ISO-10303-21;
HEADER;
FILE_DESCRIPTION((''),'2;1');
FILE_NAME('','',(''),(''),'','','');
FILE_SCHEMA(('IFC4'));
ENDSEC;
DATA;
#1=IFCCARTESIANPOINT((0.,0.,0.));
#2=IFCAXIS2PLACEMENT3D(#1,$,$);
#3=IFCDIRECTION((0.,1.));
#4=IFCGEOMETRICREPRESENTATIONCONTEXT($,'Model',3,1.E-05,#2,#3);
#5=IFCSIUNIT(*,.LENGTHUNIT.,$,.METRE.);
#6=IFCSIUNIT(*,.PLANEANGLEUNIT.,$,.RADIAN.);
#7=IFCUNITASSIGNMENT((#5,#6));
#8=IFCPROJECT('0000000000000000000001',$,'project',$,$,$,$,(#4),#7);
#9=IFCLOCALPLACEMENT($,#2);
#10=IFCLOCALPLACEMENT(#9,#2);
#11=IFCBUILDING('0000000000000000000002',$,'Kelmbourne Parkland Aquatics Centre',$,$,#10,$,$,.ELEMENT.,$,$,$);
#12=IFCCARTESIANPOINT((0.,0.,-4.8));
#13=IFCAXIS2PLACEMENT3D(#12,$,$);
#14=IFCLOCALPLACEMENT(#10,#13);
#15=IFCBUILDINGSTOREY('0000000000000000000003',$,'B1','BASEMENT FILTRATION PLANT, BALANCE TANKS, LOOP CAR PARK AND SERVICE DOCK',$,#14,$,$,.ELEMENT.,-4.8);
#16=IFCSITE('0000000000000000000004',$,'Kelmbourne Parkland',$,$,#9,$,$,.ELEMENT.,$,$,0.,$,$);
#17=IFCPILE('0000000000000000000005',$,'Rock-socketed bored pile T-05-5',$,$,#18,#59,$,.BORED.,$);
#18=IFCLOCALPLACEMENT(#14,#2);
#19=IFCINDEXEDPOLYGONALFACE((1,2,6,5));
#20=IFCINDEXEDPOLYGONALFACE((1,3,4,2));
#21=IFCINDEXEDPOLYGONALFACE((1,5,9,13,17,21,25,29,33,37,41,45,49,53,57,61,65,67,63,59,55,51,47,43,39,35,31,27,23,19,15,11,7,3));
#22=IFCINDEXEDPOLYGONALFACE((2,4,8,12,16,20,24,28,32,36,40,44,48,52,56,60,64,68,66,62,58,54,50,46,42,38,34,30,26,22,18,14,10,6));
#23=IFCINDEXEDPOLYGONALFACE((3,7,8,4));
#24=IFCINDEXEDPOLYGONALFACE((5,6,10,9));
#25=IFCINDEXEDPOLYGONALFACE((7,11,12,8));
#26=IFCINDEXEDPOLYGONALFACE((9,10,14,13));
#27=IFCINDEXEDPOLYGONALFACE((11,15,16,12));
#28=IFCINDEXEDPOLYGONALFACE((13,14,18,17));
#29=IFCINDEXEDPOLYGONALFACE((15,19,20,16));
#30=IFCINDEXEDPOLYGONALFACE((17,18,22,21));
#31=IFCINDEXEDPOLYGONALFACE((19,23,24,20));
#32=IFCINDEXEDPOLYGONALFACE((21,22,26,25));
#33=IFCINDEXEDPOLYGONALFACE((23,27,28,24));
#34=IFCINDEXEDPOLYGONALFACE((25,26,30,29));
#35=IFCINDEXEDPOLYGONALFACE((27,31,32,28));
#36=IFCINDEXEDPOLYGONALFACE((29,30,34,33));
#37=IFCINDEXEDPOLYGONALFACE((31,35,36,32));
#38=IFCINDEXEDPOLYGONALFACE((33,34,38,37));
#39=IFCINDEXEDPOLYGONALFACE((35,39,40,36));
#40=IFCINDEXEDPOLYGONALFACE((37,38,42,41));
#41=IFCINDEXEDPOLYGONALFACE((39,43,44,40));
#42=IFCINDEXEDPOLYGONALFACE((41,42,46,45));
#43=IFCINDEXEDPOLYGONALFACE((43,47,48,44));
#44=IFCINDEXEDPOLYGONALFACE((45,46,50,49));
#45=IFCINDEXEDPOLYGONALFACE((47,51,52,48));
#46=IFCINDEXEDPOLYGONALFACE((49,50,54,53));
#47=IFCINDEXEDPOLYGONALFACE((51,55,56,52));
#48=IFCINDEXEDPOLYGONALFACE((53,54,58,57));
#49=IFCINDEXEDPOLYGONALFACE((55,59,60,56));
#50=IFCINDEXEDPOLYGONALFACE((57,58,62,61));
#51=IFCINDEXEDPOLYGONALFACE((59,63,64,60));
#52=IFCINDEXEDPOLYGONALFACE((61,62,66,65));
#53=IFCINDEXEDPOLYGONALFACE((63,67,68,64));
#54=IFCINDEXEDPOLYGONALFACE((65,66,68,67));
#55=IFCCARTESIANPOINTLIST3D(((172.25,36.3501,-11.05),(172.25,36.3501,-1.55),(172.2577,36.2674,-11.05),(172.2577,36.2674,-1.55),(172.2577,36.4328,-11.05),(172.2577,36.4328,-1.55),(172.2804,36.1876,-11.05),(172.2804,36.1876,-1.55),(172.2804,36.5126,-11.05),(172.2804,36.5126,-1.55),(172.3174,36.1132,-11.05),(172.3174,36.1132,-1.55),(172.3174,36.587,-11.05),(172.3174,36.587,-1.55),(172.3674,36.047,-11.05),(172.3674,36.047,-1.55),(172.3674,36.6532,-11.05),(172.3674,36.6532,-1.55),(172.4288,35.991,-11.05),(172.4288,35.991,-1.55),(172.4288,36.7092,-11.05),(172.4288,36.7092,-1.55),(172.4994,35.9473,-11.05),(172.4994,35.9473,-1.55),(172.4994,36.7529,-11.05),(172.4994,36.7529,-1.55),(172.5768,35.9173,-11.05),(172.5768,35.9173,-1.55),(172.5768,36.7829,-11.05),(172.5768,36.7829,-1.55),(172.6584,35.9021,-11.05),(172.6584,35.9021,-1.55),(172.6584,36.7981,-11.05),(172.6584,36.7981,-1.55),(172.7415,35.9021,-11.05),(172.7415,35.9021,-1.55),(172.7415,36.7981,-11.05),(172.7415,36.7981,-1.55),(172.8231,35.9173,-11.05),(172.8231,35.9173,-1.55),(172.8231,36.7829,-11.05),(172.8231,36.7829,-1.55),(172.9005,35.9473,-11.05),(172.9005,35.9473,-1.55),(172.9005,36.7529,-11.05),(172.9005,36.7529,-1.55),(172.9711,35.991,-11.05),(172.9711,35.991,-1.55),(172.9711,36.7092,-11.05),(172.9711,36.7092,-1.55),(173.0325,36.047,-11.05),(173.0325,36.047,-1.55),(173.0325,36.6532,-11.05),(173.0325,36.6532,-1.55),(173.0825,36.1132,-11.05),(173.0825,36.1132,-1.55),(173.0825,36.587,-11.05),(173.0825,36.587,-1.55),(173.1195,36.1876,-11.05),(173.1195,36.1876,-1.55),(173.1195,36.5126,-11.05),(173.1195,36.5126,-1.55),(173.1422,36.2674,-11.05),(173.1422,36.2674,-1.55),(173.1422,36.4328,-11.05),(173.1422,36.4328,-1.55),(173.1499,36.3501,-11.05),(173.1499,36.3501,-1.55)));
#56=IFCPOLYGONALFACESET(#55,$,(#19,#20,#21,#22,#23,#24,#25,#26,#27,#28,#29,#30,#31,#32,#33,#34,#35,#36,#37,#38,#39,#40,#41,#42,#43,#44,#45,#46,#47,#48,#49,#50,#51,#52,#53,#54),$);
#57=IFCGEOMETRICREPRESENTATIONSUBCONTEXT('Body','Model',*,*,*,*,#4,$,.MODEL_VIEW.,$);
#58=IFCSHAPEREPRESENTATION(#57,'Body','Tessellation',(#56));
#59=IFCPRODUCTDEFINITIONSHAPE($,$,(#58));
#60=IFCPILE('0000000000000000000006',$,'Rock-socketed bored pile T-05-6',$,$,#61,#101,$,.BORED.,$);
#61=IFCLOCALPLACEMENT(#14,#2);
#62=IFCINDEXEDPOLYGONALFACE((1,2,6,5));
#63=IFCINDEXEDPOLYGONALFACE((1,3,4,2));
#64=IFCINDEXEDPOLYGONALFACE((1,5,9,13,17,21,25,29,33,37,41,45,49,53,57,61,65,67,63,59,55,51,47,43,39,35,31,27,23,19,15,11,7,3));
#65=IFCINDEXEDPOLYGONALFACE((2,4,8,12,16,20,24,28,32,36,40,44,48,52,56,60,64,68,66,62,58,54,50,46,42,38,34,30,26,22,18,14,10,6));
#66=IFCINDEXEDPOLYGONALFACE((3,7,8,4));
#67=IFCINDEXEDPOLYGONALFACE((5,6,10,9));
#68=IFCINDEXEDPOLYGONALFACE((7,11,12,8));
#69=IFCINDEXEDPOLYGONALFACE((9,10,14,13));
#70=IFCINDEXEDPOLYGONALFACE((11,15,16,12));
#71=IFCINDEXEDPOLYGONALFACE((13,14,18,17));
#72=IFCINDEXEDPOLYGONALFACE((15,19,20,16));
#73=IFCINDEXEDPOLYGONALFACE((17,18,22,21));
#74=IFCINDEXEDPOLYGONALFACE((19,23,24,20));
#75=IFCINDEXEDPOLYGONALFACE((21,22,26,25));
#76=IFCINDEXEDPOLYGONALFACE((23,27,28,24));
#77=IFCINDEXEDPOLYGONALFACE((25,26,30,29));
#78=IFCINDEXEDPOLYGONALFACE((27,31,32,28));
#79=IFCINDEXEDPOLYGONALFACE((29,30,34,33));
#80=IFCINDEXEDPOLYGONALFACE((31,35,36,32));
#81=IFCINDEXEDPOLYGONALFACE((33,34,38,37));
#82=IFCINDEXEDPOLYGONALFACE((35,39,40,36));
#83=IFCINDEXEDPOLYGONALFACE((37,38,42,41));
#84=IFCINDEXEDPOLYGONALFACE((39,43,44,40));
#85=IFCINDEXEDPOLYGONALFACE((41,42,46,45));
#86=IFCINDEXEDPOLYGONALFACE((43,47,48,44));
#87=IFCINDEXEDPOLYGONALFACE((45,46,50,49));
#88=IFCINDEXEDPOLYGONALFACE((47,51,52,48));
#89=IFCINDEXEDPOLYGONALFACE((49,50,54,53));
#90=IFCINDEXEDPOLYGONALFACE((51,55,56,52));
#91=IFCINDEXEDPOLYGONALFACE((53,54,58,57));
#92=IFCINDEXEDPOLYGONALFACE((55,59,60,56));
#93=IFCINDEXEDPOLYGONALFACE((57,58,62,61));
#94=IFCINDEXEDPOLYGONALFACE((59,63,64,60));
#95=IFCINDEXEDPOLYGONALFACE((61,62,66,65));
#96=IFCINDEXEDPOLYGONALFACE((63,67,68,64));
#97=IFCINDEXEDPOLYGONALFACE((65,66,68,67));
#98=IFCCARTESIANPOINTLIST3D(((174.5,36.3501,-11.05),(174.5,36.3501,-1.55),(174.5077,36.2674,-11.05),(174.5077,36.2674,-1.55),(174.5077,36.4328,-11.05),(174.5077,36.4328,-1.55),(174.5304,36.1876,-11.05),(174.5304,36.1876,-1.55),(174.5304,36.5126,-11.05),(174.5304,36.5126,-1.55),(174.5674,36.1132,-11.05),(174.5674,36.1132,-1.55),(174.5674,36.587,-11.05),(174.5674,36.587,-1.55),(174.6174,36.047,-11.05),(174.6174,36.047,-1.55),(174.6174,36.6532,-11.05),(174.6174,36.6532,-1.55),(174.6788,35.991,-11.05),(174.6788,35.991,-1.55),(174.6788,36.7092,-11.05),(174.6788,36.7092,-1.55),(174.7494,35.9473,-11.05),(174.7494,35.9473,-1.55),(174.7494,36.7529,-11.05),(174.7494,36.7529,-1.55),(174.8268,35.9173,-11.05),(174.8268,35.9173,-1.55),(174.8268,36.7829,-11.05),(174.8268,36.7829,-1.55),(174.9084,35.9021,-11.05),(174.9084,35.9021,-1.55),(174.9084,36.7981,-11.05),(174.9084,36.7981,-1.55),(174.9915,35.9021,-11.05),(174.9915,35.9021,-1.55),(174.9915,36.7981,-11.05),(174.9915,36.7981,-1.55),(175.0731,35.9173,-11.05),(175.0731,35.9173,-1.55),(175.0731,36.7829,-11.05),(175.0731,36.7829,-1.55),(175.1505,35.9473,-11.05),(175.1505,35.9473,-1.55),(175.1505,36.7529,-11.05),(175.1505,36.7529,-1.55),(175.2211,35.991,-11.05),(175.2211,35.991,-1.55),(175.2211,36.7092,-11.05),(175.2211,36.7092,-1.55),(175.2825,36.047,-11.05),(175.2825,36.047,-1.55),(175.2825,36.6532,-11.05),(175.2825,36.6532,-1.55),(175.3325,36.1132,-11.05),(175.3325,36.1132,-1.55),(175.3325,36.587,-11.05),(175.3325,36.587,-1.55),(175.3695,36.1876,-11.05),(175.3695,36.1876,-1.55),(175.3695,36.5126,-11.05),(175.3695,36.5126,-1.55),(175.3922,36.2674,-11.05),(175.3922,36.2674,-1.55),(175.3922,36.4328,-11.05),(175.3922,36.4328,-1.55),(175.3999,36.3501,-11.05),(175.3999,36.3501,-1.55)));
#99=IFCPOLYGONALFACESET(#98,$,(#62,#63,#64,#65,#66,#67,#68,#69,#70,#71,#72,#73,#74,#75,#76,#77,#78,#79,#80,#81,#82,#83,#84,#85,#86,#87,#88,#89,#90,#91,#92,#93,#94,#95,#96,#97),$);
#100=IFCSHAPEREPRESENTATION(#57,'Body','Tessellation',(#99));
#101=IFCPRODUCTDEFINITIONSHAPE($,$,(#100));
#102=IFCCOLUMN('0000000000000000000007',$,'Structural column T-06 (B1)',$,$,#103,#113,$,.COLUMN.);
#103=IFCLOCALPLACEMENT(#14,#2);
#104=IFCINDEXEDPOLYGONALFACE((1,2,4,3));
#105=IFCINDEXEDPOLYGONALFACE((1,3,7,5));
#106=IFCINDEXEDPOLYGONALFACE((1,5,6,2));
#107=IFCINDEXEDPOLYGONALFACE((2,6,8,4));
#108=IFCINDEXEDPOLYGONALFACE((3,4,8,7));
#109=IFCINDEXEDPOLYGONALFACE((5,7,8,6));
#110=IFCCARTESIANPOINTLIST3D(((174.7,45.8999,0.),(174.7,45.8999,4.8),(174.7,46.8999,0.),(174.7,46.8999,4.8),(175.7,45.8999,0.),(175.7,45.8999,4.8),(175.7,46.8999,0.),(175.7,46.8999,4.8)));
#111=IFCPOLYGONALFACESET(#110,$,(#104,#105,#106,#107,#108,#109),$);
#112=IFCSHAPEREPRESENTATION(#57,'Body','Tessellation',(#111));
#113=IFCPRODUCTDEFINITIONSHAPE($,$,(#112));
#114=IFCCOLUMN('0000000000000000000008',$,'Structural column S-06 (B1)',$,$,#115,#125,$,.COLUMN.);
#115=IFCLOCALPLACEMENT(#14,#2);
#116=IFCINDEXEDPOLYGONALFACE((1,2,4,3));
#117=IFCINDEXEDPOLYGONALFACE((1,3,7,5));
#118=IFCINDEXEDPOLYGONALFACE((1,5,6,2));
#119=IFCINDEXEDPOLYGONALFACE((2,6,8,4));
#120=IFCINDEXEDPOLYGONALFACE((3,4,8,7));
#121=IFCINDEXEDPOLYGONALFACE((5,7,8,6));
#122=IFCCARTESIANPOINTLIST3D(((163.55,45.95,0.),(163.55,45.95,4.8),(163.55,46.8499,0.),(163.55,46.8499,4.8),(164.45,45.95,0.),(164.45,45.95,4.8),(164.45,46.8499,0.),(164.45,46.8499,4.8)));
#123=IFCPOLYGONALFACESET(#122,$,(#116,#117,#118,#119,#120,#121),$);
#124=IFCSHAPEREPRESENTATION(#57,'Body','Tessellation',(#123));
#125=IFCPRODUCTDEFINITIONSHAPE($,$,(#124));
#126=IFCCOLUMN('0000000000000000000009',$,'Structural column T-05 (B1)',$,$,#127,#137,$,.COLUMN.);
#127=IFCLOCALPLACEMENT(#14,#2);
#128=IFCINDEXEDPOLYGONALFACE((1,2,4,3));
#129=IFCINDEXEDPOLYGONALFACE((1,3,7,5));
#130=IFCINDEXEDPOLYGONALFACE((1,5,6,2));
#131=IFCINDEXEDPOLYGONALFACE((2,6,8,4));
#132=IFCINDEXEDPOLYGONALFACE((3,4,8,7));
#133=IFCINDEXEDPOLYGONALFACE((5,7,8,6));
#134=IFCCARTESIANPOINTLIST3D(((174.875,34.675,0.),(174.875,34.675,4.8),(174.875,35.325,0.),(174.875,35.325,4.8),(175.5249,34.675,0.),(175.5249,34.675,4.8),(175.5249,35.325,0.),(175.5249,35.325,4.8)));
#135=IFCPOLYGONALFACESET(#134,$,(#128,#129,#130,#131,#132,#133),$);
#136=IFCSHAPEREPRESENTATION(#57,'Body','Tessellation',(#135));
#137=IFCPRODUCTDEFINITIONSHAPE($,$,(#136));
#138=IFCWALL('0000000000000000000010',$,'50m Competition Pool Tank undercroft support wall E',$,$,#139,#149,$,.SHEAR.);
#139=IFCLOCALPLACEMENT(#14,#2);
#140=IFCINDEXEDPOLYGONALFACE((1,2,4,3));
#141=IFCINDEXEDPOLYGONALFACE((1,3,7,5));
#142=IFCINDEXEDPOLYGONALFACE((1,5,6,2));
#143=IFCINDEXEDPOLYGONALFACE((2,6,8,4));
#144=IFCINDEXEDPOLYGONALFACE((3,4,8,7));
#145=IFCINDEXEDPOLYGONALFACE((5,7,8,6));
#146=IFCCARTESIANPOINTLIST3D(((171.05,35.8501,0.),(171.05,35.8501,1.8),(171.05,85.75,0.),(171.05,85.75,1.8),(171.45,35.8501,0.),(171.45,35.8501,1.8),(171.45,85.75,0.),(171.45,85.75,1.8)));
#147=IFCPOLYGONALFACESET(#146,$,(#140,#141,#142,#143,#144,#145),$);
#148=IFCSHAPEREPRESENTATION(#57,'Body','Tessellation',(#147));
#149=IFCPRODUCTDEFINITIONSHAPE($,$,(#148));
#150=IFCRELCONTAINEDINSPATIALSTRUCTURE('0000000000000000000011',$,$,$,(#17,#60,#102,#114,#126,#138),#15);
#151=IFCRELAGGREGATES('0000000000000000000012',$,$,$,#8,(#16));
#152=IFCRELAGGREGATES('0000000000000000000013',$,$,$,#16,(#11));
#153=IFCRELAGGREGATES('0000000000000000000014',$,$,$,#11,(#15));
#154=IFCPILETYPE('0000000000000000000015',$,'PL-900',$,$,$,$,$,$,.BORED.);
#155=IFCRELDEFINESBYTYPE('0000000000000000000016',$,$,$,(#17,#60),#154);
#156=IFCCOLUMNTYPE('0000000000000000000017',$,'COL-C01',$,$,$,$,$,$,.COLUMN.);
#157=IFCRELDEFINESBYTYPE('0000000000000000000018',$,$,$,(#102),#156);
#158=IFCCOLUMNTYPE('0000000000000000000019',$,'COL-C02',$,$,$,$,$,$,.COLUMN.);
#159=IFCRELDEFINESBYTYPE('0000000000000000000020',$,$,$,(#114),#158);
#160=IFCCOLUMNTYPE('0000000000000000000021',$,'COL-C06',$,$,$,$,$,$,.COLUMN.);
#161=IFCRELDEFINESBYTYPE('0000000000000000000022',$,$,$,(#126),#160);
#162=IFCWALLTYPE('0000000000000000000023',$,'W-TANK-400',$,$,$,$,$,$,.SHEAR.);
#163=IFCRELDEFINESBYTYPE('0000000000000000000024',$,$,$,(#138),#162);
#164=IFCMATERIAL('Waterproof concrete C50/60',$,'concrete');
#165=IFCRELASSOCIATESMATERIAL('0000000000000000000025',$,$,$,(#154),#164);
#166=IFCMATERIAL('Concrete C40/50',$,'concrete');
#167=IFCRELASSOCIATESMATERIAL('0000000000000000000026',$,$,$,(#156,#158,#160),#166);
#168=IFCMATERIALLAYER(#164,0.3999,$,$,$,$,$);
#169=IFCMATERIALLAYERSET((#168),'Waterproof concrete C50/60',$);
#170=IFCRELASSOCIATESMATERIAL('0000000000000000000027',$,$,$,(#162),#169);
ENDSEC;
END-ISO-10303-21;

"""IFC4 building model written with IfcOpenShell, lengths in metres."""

from ifc_helpers import new_model, si_unit, direction, frame, frame_2d, origin, origin_2d, place, context, subcontext, project, spatial, rectangle, circle, extrude, material, layer, layer_set, material_profile, profile_set, type_object, element, save


model = new_model("IFC4")

# Units and contexts
model_context = context("Model", 3, precision=1e-05, world=origin(), true_north=direction((0.0, 1.0)))
body_context = subcontext(model_context, "Body", "Model", "MODEL_VIEW")
ifc_project = project(units=[si_unit("LENGTHUNIT", "METRE"), si_unit("PLANEANGLEUNIT", "RADIAN")], contexts=[model_context])

# Site, building, storey
site_placement = place(None, origin())
site = spatial("IfcSite", under=ifc_project, at=site_placement, Name="Kelmbourne Parkland", CompositionType="ELEMENT", RefElevation=0.0)
building_placement = place(site_placement, origin())
building = spatial("IfcBuilding", under=site, at=building_placement, Name="Kelmbourne Parkland Aquatics Centre", CompositionType="ELEMENT")
storey_placement = place(building_placement, frame((0.0, 0.0, -4.8)))
storey = spatial("IfcBuildingStorey", under=building, at=storey_placement, Name="B1", Description="BASEMENT FILTRATION PLANT, BALANCE TANKS, LOOP CAR PARK AND SERVICE DOCK", CompositionType="ELEMENT", Elevation=-4.8)

# Shared definitions
ifc_material_1 = material(Name="Waterproof concrete C50/60", Category="concrete")

# Piles
ifc_material_profile_1 = material_profile(ifc_material_1, circle(Radius=0.45, at=origin_2d()), Name="PILE D900")
ifc_profile_set_1 = profile_set([ifc_material_profile_1], Name="Waterproof concrete C50/60")
pile_type_1 = type_object("IfcPileType", Name="PL-900", PredefinedType="BORED", material=ifc_profile_set_1)
for number, where, z_axis, x_axis, name in (
    (1, (172.7, 36.3501, -1.55), (0.0, 0.0, -1.0), (1.0, 0.0, 0.0), "Rock-socketed bored pile T-05-5"),
    (2, (174.95, 36.3501, -1.55), (0.0, 0.0, -1.0), (1.0, 0.0, 0.0), "Rock-socketed bored pile T-05-6"),
):
    element("IfcPile", number, at=place(storey_placement, frame(where, z_axis=z_axis, x_axis=x_axis)), inside=storey, type_object=pile_type_1, Name=name, PredefinedType="BORED", context=body_context, shape_type="SweptSolid", body=[
        extrude(circle(Radius=0.45, at=origin_2d()), origin(), (0.0, 0.0, 1.0), 9.5),
    ])

# Columns
ifc_material_2 = material(Name="Concrete C40/50", Category="concrete")
ifc_material_profile_2 = material_profile(ifc_material_2, rectangle(XDim=1.0, YDim=1.0, at=origin_2d()), Name="RC 1000x1000")
ifc_profile_set_2 = profile_set([ifc_material_profile_2], Name="Concrete C40/50")
column_type_1 = type_object("IfcColumnType", Name="COL-C01", PredefinedType="COLUMN", material=ifc_profile_set_2)
column_1_placement = place(storey_placement, frame((175.2, 46.3999, 0.0), z_axis=(0.0, 0.0, 1.0), x_axis=(1.0, 0.0, 0.0)))
element("IfcColumn", 3, at=column_1_placement, inside=storey, type_object=column_type_1, Name="Structural column T-06 (B1)", PredefinedType="COLUMN", context=body_context, shape_type="SweptSolid", body=[
    extrude(rectangle(XDim=1.0, YDim=1.0, at=origin_2d()), origin(), (0.0, 0.0, 1.0), 4.8),
])
ifc_material_profile_3 = material_profile(ifc_material_2, rectangle(XDim=0.8999, YDim=0.8999, at=origin_2d()), Name="RC 900x900")
ifc_profile_set_3 = profile_set([ifc_material_profile_3], Name="Concrete C40/50")
column_type_2 = type_object("IfcColumnType", Name="COL-C02", PredefinedType="COLUMN", material=ifc_profile_set_3)
column_2_placement = place(storey_placement, frame((164.0, 46.3999, 0.0), z_axis=(0.0, 0.0, 1.0), x_axis=(1.0, 0.0, 0.0)))
element("IfcColumn", 4, at=column_2_placement, inside=storey, type_object=column_type_2, Name="Structural column S-06 (B1)", PredefinedType="COLUMN", context=body_context, shape_type="SweptSolid", body=[
    extrude(rectangle(XDim=0.8999, YDim=0.8999, at=origin_2d()), origin(), (0.0, 0.0, 1.0), 4.8),
])
ifc_material_profile_4 = material_profile(ifc_material_2, rectangle(XDim=0.6499, YDim=0.6499, at=origin_2d()), Name="RC 650x650")
ifc_profile_set_4 = profile_set([ifc_material_profile_4], Name="Concrete C40/50")
column_type_3 = type_object("IfcColumnType", Name="COL-C06", PredefinedType="COLUMN", material=ifc_profile_set_4)
column_3_placement = place(storey_placement, frame((175.2, 35.0, 0.0), z_axis=(0.0, 0.0, 1.0), x_axis=(1.0, 0.0, 0.0)))
element("IfcColumn", 5, at=column_3_placement, inside=storey, type_object=column_type_3, Name="Structural column T-05 (B1)", PredefinedType="COLUMN", context=body_context, shape_type="SweptSolid", body=[
    extrude(rectangle(XDim=0.6499, YDim=0.6499, at=origin_2d()), origin(), (0.0, 0.0, 1.0), 4.8),
])

# Wall
ifc_layer = layer(ifc_material_1, 0.3999)
ifc_layer_set = layer_set([ifc_layer], Name="Waterproof concrete C50/60")
wall_type = type_object("IfcWallType", Name="W-TANK-400", PredefinedType="SHEAR", material=ifc_layer_set)
wall_placement = place(storey_placement, frame((171.25, 35.8501, 0.0), z_axis=(0.0, 0.0, 1.0), x_axis=(0.0, 1.0, 0.0)))
element("IfcWall", 6, at=wall_placement, inside=storey, type_object=wall_type, Name="50m Competition Pool Tank undercroft support wall E", PredefinedType="SHEAR", context=body_context, shape_type="SweptSolid", body=[
    extrude(rectangle(XDim=49.8999, YDim=0.3999, at=frame_2d((24.95, 0.0))), origin(), (0.0, 0.0, 1.0), 1.8),
])

save(model, "model.ifc")
